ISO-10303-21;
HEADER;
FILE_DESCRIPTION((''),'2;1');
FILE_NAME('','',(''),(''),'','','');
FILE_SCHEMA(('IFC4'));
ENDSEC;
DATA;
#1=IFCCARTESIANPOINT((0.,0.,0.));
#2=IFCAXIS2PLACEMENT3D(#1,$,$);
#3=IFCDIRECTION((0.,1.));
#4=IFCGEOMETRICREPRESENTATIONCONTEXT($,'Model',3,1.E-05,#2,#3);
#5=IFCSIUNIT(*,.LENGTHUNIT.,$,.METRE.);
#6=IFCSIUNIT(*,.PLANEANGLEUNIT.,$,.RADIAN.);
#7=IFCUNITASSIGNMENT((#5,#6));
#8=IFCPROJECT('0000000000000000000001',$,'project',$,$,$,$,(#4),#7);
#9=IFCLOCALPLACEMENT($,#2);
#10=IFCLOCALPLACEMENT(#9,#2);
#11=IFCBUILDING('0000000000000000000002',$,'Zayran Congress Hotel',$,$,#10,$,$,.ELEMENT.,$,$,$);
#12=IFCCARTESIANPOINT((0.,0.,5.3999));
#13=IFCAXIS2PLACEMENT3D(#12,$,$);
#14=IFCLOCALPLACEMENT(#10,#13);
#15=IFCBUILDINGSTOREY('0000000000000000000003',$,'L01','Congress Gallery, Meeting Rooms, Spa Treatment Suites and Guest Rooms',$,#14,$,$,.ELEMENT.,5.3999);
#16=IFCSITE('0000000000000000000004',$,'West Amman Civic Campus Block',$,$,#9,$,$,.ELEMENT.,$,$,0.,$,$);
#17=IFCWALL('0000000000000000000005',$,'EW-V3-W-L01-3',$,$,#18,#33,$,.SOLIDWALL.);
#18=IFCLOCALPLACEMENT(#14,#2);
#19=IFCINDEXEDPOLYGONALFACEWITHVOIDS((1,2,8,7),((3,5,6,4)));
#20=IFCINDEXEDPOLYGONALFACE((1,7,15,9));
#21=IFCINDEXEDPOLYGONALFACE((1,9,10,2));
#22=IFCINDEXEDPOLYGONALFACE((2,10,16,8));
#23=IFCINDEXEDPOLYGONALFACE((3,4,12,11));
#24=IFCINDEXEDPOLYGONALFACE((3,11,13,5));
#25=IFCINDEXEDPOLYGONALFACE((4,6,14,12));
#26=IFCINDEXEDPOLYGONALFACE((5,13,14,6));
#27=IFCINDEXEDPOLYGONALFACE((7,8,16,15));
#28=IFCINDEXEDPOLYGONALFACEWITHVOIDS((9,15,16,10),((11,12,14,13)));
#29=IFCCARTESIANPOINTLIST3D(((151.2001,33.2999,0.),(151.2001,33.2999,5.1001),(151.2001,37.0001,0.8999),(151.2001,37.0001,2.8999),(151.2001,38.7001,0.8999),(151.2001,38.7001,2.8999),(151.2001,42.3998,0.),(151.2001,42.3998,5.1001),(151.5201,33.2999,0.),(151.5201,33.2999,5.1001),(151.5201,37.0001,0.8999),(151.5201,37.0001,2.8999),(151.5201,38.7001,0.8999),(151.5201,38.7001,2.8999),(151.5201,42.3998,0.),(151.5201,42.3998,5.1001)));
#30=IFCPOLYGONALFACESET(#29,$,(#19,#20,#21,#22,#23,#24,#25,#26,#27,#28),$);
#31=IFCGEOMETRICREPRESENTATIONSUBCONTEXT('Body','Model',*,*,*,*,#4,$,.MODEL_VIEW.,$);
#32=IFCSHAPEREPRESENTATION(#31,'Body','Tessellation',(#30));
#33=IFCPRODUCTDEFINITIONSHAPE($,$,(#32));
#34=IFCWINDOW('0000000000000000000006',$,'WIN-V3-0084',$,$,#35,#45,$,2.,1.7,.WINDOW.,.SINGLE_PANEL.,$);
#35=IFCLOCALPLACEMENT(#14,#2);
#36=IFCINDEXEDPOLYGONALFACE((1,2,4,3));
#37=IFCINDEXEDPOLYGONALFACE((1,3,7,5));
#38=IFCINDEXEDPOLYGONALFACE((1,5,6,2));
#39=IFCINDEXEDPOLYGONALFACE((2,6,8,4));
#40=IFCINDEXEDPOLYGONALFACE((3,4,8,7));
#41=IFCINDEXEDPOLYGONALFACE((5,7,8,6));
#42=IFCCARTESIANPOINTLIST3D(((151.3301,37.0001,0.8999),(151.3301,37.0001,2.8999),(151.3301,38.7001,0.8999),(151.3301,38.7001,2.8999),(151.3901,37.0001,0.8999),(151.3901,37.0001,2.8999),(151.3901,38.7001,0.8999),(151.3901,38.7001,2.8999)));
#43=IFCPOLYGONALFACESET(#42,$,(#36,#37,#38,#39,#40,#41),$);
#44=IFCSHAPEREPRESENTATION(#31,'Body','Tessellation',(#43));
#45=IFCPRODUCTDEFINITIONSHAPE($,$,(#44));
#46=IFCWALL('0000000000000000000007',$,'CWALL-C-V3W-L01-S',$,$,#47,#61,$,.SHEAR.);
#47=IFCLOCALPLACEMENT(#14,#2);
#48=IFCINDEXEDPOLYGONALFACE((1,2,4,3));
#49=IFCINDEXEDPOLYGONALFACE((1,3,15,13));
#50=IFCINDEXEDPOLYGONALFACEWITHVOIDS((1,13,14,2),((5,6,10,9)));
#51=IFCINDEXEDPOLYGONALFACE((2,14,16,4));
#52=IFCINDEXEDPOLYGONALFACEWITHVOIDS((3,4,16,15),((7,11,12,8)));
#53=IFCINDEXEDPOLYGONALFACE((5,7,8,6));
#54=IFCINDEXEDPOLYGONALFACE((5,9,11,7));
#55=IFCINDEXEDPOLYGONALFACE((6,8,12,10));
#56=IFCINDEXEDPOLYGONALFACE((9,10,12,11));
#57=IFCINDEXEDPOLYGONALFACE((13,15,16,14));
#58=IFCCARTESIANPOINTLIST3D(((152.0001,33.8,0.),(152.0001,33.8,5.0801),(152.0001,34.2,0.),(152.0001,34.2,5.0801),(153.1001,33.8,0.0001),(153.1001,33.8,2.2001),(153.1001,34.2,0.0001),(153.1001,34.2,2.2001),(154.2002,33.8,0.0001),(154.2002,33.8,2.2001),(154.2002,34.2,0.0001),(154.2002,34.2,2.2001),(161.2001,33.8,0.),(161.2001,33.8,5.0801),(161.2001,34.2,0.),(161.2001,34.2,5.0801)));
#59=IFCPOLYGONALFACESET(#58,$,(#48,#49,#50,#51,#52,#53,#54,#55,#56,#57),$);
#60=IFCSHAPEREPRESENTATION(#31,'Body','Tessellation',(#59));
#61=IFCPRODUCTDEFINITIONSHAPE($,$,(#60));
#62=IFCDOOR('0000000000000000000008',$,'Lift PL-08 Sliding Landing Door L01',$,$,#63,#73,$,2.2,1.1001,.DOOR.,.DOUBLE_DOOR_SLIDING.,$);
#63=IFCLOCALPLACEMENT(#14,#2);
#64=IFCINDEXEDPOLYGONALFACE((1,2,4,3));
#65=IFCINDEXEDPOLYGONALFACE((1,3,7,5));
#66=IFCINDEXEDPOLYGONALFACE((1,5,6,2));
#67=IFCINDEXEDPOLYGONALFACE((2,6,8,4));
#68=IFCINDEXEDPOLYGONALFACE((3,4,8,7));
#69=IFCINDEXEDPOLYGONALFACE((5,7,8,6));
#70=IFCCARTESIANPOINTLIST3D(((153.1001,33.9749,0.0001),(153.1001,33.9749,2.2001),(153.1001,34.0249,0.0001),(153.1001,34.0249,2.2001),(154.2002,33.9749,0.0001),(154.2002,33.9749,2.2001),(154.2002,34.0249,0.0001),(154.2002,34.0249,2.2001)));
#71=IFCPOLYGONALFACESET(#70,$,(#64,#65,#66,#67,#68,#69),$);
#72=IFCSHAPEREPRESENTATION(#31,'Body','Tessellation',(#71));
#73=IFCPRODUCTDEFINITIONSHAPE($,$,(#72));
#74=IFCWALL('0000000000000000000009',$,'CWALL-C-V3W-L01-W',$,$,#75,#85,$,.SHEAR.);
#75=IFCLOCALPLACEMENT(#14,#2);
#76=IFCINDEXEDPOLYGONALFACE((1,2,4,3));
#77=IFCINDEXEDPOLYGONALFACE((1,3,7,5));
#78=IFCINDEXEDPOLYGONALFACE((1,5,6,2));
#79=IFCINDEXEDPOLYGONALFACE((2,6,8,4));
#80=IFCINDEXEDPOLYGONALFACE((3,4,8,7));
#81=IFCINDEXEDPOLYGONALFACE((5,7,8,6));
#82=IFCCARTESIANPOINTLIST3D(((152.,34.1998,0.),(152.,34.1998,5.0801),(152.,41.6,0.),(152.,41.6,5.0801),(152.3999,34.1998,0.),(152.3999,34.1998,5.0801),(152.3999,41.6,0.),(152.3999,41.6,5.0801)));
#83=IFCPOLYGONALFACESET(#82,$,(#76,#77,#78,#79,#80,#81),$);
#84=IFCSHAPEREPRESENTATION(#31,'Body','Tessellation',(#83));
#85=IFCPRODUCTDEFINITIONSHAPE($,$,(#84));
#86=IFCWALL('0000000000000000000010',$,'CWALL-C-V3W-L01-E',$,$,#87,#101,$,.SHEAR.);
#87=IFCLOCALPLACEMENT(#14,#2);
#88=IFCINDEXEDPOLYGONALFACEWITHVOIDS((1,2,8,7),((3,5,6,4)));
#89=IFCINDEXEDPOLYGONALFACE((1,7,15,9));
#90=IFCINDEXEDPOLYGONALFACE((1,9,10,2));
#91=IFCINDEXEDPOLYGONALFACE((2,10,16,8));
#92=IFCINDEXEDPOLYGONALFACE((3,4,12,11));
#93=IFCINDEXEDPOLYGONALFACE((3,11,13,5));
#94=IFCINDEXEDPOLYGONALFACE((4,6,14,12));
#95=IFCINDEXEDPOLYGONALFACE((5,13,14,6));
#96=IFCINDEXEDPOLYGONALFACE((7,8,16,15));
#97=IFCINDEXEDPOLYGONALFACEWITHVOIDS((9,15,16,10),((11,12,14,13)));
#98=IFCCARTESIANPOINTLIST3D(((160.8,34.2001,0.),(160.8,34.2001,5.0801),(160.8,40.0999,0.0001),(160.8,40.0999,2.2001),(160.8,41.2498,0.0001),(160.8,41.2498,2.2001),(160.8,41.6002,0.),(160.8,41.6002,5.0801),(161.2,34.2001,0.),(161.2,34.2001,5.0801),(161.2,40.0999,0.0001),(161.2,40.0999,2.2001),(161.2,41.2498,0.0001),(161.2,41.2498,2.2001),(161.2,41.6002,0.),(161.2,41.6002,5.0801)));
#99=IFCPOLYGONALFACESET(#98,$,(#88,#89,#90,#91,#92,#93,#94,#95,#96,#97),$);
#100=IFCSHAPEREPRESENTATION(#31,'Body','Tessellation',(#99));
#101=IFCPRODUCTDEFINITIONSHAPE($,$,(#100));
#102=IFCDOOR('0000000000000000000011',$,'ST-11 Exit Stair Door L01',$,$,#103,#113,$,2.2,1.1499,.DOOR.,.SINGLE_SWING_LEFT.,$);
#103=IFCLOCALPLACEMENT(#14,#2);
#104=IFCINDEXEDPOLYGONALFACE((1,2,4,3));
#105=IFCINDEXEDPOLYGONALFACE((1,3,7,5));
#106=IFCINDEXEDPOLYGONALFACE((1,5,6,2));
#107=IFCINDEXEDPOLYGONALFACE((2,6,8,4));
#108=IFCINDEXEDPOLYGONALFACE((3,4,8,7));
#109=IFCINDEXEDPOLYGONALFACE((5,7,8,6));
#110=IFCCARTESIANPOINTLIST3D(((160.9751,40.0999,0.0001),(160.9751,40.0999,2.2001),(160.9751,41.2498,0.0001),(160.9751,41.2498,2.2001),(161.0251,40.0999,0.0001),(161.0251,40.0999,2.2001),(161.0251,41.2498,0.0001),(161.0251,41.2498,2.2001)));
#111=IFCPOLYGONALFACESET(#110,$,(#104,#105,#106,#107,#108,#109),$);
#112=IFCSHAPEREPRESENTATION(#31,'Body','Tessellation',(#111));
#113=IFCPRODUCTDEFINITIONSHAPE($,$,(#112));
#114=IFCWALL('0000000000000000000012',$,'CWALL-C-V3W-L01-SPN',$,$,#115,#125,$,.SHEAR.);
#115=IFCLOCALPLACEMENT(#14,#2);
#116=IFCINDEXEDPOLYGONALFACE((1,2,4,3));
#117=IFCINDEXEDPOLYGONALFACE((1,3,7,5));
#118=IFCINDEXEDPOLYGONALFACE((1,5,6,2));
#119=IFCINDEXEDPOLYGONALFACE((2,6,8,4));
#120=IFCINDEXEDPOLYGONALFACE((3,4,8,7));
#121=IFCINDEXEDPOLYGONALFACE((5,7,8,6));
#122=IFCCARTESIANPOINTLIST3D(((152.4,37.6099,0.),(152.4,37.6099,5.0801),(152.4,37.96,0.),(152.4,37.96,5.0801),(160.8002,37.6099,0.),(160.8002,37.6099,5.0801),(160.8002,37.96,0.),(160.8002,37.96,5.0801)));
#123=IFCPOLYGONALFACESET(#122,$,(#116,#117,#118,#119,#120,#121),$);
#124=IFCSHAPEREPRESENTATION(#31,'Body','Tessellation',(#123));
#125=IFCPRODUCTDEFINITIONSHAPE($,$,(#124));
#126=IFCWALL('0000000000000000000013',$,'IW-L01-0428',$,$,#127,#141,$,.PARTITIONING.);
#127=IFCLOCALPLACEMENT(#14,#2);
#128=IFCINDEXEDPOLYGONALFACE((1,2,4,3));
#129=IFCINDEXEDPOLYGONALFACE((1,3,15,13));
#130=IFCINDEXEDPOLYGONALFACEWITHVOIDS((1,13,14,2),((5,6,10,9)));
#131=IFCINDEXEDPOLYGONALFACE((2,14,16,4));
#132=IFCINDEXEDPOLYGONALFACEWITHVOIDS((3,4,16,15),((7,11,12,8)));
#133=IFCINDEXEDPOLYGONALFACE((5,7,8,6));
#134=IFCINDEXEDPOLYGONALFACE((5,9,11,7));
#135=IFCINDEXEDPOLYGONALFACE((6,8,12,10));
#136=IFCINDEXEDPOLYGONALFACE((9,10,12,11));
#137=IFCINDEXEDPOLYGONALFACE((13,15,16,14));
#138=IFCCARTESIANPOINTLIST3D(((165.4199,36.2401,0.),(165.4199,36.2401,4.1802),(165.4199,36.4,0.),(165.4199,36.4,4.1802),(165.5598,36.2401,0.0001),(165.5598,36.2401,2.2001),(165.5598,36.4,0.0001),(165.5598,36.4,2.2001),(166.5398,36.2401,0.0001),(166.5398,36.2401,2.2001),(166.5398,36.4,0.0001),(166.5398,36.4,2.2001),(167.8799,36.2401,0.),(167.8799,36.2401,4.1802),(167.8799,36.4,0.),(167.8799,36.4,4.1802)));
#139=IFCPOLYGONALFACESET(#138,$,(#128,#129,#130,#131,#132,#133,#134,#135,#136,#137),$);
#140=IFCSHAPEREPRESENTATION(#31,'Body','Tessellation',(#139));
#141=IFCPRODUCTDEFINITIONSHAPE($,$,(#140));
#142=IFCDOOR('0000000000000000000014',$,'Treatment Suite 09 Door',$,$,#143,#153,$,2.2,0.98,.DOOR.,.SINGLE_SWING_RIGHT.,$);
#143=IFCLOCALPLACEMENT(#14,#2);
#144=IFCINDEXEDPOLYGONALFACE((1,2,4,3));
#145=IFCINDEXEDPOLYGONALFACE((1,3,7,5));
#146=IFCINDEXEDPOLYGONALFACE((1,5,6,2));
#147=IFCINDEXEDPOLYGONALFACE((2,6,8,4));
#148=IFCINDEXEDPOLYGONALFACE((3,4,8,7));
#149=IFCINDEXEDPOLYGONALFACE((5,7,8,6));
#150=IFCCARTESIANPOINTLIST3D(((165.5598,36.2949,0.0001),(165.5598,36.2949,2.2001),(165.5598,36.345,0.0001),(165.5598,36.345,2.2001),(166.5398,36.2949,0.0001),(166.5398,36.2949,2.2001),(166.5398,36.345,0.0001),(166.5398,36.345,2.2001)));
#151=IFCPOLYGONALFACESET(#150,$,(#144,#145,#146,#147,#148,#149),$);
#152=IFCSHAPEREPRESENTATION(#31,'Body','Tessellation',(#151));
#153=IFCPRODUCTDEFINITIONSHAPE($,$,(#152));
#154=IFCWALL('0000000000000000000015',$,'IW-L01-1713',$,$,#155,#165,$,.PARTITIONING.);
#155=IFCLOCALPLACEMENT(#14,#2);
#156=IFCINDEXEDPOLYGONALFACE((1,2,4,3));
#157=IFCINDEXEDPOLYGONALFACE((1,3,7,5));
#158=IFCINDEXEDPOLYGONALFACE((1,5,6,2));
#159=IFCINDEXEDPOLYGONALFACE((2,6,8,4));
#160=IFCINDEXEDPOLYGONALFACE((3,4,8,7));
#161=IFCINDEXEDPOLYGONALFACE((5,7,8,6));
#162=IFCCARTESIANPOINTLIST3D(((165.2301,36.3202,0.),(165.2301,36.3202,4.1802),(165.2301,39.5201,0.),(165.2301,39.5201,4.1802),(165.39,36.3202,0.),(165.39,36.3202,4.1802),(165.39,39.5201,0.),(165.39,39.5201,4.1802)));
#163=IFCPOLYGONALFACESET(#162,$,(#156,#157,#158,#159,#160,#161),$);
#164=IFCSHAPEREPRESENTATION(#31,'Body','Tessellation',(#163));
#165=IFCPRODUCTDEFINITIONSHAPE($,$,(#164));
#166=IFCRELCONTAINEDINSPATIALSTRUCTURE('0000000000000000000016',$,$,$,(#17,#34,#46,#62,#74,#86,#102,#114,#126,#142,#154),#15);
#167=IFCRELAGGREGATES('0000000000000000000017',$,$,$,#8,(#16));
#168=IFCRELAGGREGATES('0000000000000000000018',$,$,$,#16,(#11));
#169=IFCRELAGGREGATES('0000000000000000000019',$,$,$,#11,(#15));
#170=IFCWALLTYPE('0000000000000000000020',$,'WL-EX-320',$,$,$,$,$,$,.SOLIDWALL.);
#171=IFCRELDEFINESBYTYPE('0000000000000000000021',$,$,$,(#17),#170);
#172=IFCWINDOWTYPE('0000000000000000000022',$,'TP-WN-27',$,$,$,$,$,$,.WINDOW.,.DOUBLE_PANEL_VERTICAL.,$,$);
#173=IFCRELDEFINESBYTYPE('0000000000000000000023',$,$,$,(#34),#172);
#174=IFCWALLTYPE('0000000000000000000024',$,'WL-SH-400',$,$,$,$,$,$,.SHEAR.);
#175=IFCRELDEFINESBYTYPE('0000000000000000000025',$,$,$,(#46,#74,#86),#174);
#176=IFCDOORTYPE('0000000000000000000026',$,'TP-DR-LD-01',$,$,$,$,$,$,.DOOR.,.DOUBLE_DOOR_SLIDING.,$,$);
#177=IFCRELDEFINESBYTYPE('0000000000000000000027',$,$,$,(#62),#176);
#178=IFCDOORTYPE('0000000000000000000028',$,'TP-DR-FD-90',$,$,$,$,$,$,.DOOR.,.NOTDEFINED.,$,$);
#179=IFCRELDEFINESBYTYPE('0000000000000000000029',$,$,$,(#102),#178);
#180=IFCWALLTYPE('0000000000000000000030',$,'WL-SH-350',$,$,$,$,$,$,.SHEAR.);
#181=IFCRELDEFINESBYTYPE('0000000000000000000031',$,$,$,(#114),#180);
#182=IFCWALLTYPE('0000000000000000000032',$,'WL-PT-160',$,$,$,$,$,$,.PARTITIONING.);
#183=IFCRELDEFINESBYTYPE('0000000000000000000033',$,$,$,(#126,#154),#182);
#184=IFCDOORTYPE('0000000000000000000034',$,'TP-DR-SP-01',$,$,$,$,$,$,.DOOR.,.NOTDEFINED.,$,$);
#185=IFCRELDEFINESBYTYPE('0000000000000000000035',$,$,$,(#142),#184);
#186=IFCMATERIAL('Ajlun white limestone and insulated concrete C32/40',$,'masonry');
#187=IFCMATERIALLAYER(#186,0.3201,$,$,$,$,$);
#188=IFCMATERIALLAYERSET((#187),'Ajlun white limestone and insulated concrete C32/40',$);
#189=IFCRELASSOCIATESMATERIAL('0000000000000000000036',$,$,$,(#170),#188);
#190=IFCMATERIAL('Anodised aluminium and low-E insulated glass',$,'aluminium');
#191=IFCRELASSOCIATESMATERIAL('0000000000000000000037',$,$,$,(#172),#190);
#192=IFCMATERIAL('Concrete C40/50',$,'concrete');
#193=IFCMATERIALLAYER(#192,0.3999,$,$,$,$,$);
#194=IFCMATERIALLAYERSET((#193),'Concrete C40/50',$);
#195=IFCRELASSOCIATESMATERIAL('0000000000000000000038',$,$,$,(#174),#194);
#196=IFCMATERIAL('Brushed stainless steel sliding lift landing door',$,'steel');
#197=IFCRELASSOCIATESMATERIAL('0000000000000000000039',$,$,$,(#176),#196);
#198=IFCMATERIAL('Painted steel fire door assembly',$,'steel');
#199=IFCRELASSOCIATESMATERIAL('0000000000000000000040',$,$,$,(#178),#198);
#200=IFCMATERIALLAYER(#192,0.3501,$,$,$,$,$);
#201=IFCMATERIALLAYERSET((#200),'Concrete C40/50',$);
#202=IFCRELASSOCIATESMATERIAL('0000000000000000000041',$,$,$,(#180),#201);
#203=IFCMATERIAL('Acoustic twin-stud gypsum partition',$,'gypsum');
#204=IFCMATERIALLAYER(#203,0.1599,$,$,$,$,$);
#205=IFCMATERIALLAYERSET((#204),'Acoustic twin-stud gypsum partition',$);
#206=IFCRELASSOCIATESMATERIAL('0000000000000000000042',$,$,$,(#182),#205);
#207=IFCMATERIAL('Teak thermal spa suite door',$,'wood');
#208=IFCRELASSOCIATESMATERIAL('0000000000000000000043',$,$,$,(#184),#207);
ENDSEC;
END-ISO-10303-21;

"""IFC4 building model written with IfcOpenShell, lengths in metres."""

from ifc_helpers import new_model, si_unit, direction, frame, frame_2d, origin, place, context, subcontext, project, spatial, rectangle, extrude, material, layer, layer_set, type_object, element, fill, save


model = new_model("IFC4")

# Units and contexts
model_context = context("Model", 3, precision=1e-05, world=origin(), true_north=direction((0.0, 1.0)))
body_context = subcontext(model_context, "Body", "Model", "MODEL_VIEW")
ifc_project = project(units=[si_unit("LENGTHUNIT", "METRE"), si_unit("PLANEANGLEUNIT", "RADIAN")], contexts=[model_context])

# Site, building, storey
site_placement = place(None, origin())
site = spatial("IfcSite", under=ifc_project, at=site_placement, Name="West Amman Civic Campus Block", CompositionType="ELEMENT", RefElevation=0.0)
building_placement = place(site_placement, origin())
building = spatial("IfcBuilding", under=site, at=building_placement, Name="Zayran Congress Hotel", CompositionType="ELEMENT")
storey_placement = place(building_placement, frame((0.0, 0.0, 5.3999)))
storey = spatial("IfcBuildingStorey", under=building, at=storey_placement, Name="L01", Description="Congress Gallery, Meeting Rooms, Spa Treatment Suites and Guest Rooms", CompositionType="ELEMENT", Elevation=5.3999)

# Wall, opening, window
ifc_material_1 = material(Name="Ajlun white limestone and insulated concrete C32/40", Category="masonry")
ifc_layer_1 = layer(ifc_material_1, 0.3201)
ifc_layer_set_1 = layer_set([ifc_layer_1], Name="Ajlun white limestone and insulated concrete C32/40")
wall_type_1 = type_object("IfcWallType", Name="WL-EX-320", PredefinedType="SOLIDWALL", material=ifc_layer_set_1)
wall_1_placement = place(storey_placement, frame((151.3601, 33.3, 0.0), z_axis=(0.0, 0.0, 1.0), x_axis=(0.0, 1.0, 0.0)))
wall_1 = element("IfcWall", 1, at=wall_1_placement, inside=storey, type_object=wall_type_1, Name="EW-V3-W-L01-3", PredefinedType="SOLIDWALL", context=body_context, shape_type="SweptSolid", body=[
    extrude(rectangle(XDim=9.0999, YDim=0.3201, at=frame_2d((4.5498, 0.0))), origin(), (0.0, 0.0, 1.0), 5.1001),
])
opening_1_placement = place(wall_1_placement, frame((3.7, 0.0, 0.8999)))
opening_1 = element("IfcOpeningElement", 2, at=opening_1_placement, cuts=wall_1, PredefinedType="OPENING", context=body_context, shape_type="SweptSolid", body=[
    extrude(rectangle(XDim=1.7, YDim=2.0, at=frame_2d((0.8501, 1.0))), frame((0.0, 0.1699, 0.0), z_axis=(0.0, -1.0, 0.0), x_axis=(1.0, 0.0, 0.0)), (0.0, 0.0, 1.0), 0.3401),
])
ifc_material_2 = material(Name="Anodised aluminium and low-E insulated glass", Category="aluminium")
window_type = type_object("IfcWindowType", Name="TP-WN-27", PartitioningType="DOUBLE_PANEL_VERTICAL", PredefinedType="WINDOW", material=ifc_material_2)
window_placement = place(opening_1_placement, origin())
window = element("IfcWindow", 3, at=window_placement, inside=storey, type_object=window_type, Name="WIN-V3-0084", OverallHeight=2.0, OverallWidth=1.7, PartitioningType="SINGLE_PANEL", PredefinedType="WINDOW", context=body_context, shape_type="SweptSolid", body=[
    extrude(rectangle(XDim=1.7, YDim=2.0, at=frame_2d((0.8501, 1.0))), frame((0.0, 0.03, 0.0), z_axis=(0.0, -1.0, 0.0), x_axis=(1.0, 0.0, 0.0)), (0.0, 0.0, 1.0), 0.0601),
])
fill(opening_1, window)

# Wall, opening, door
ifc_material_3 = material(Name="Concrete C40/50", Category="concrete")
ifc_layer_2 = layer(ifc_material_3, 0.3999)
ifc_layer_set_2 = layer_set([ifc_layer_2], Name="Concrete C40/50")
wall_type_2 = type_object("IfcWallType", Name="WL-SH-400", PredefinedType="SHEAR", material=ifc_layer_set_2)
wall_2_placement = place(storey_placement, frame((152.0, 34.0, 0.0), z_axis=(0.0, 0.0, 1.0), x_axis=(1.0, 0.0, 0.0)))
wall_2 = element("IfcWall", 4, at=wall_2_placement, inside=storey, type_object=wall_type_2, Name="CWALL-C-V3W-L01-S", PredefinedType="SHEAR", context=body_context, shape_type="SweptSolid", body=[
    extrude(rectangle(XDim=9.2, YDim=0.3999, at=frame_2d((4.6001, 0.0))), origin(), (0.0, 0.0, 1.0), 5.0801),
])
opening_2_placement = place(wall_2_placement, frame((1.1001, 0.0, 0.0)))
opening_2 = element("IfcOpeningElement", 5, at=opening_2_placement, cuts=wall_2, PredefinedType="OPENING", context=body_context, shape_type="SweptSolid", body=[
    extrude(rectangle(XDim=1.1001, YDim=2.2, at=frame_2d((0.55, 1.1001))), frame((0.0, 0.21, 0.0), z_axis=(0.0, -1.0, 0.0), x_axis=(1.0, 0.0, 0.0)), (0.0, 0.0, 1.0), 0.4199),
])
ifc_material_4 = material(Name="Brushed stainless steel sliding lift landing door", Category="steel")
door_type_1 = type_object("IfcDoorType", Name="TP-DR-LD-01", OperationType="DOUBLE_DOOR_SLIDING", PredefinedType="DOOR", material=ifc_material_4)
door_1_placement = place(opening_2_placement, origin())
door_1 = element("IfcDoor", 6, at=door_1_placement, inside=storey, type_object=door_type_1, Name="Lift PL-08 Sliding Landing Door L01", OperationType="DOUBLE_DOOR_SLIDING", OverallHeight=2.2, OverallWidth=1.1001, PredefinedType="DOOR", context=body_context, shape_type="SweptSolid", body=[
    extrude(rectangle(XDim=1.1001, YDim=2.2, at=frame_2d((0.55, 1.1001))), frame((0.0, 0.0249, 0.0), z_axis=(0.0, -1.0, 0.0), x_axis=(1.0, 0.0, 0.0)), (0.0, 0.0, 1.0), 0.05),
])
fill(opening_2, door_1)

# Wall
wall_3_placement = place(storey_placement, frame((152.2, 41.6001, 0.0), z_axis=(0.0, 0.0, 1.0), x_axis=(0.0, -1.0, 0.0)))
element("IfcWall", 7, at=wall_3_placement, inside=storey, type_object=wall_type_2, Name="CWALL-C-V3W-L01-W", PredefinedType="SHEAR", context=body_context, shape_type="SweptSolid", body=[
    extrude(rectangle(XDim=7.4001, YDim=0.3999, at=frame_2d((3.7002, 0.0))), origin(), (0.0, 0.0, 1.0), 5.0801),
])

# Wall, opening, door
wall_4_placement = place(storey_placement, frame((161.0, 34.2, 0.0), z_axis=(0.0, 0.0, 1.0), x_axis=(0.0, 1.0, 0.0)))
wall_4 = element("IfcWall", 8, at=wall_4_placement, inside=storey, type_object=wall_type_2, Name="CWALL-C-V3W-L01-E", PredefinedType="SHEAR", context=body_context, shape_type="SweptSolid", body=[
    extrude(rectangle(XDim=7.4001, YDim=0.3999, at=frame_2d((3.7002, 0.0))), origin(), (0.0, 0.0, 1.0), 5.0801),
])
opening_3_placement = place(wall_4_placement, frame((5.8999, 0.0, 0.0)))
opening_3 = element("IfcOpeningElement", 9, at=opening_3_placement, cuts=wall_4, PredefinedType="OPENING", context=body_context, shape_type="SweptSolid", body=[
    extrude(rectangle(XDim=1.1499, YDim=2.2, at=frame_2d((0.575, 1.1001))), frame((0.0, 0.21, 0.0), z_axis=(0.0, -1.0, 0.0), x_axis=(1.0, 0.0, 0.0)), (0.0, 0.0, 1.0), 0.4199),
])
ifc_material_5 = material(Name="Painted steel fire door assembly", Category="steel")
door_type_2 = type_object("IfcDoorType", Name="TP-DR-FD-90", OperationType="NOTDEFINED", PredefinedType="DOOR", material=ifc_material_5)
door_2_placement = place(opening_3_placement, origin())
door_2 = element("IfcDoor", 10, at=door_2_placement, inside=storey, type_object=door_type_2, Name="ST-11 Exit Stair Door L01", OperationType="SINGLE_SWING_LEFT", OverallHeight=2.2, OverallWidth=1.1499, PredefinedType="DOOR", context=body_context, shape_type="SweptSolid", body=[
    extrude(rectangle(XDim=1.1499, YDim=2.2, at=frame_2d((0.575, 1.1001))), frame((0.0, 0.0249, 0.0), z_axis=(0.0, -1.0, 0.0), x_axis=(1.0, 0.0, 0.0)), (0.0, 0.0, 1.0), 0.05),
])
fill(opening_3, door_2)

# Wall
ifc_layer_3 = layer(ifc_material_3, 0.3501)
ifc_layer_set_3 = layer_set([ifc_layer_3], Name="Concrete C40/50")
wall_type_3 = type_object("IfcWallType", Name="WL-SH-350", PredefinedType="SHEAR", material=ifc_layer_set_3)
wall_5_placement = place(storey_placement, frame((152.3999, 37.7849, 0.0), z_axis=(0.0, 0.0, 1.0), x_axis=(1.0, 0.0, 0.0)))
element("IfcWall", 11, at=wall_5_placement, inside=storey, type_object=wall_type_3, Name="CWALL-C-V3W-L01-SPN", PredefinedType="SHEAR", context=body_context, shape_type="SweptSolid", body=[
    extrude(rectangle(XDim=8.4001, YDim=0.3501, at=frame_2d((4.2002, 0.0))), origin(), (0.0, 0.0, 1.0), 5.0801),
])

# Wall, opening, door
ifc_material_6 = material(Name="Acoustic twin-stud gypsum partition", Category="gypsum")
ifc_layer_4 = layer(ifc_material_6, 0.1599)
ifc_layer_set_4 = layer_set([ifc_layer_4], Name="Acoustic twin-stud gypsum partition")
wall_type_4 = type_object("IfcWallType", Name="WL-PT-160", PredefinedType="PARTITIONING", material=ifc_layer_set_4)
wall_6_placement = place(storey_placement, frame((165.4199, 36.3201, 0.0), z_axis=(0.0, 0.0, 1.0), x_axis=(1.0, 0.0, 0.0)))
wall_6 = element("IfcWall", 12, at=wall_6_placement, inside=storey, type_object=wall_type_4, Name="IW-L01-0428", PredefinedType="PARTITIONING", context=body_context, shape_type="SweptSolid", body=[
    extrude(rectangle(XDim=2.46, YDim=0.1599, at=frame_2d((1.23, 0.0))), origin(), (0.0, 0.0, 1.0), 4.1802),
])
opening_4_placement = place(wall_6_placement, frame((0.1399, 0.0, 0.0)))
opening_4 = element("IfcOpeningElement", 13, at=opening_4_placement, cuts=wall_6, PredefinedType="OPENING", context=body_context, shape_type="SweptSolid", body=[
    extrude(rectangle(XDim=0.98, YDim=2.2, at=frame_2d((0.49, 1.1001))), frame((0.0, 0.0898, 0.0), z_axis=(0.0, -1.0, 0.0), x_axis=(1.0, 0.0, 0.0)), (0.0, 0.0, 1.0), 0.1799),
])
ifc_material_7 = material(Name="Teak thermal spa suite door", Category="wood")
door_type_3 = type_object("IfcDoorType", Name="TP-DR-SP-01", OperationType="NOTDEFINED", PredefinedType="DOOR", material=ifc_material_7)
door_3_placement = place(opening_4_placement, origin())
door_3 = element("IfcDoor", 14, at=door_3_placement, inside=storey, type_object=door_type_3, Name="Treatment Suite 09 Door", OperationType="SINGLE_SWING_RIGHT", OverallHeight=2.2, OverallWidth=0.98, PredefinedType="DOOR", context=body_context, shape_type="SweptSolid", body=[
    extrude(rectangle(XDim=0.98, YDim=2.2, at=frame_2d((0.49, 1.1001))), frame((0.0, 0.0249, 0.0), z_axis=(0.0, -1.0, 0.0), x_axis=(1.0, 0.0, 0.0)), (0.0, 0.0, 1.0), 0.05),
])
fill(opening_4, door_3)

# Wall
wall_7_placement = place(storey_placement, frame((165.3101, 36.3201, 0.0), z_axis=(0.0, 0.0, 1.0), x_axis=(0.0, 1.0, 0.0)))
element("IfcWall", 15, at=wall_7_placement, inside=storey, type_object=wall_type_4, Name="IW-L01-1713", PredefinedType="PARTITIONING", context=body_context, shape_type="SweptSolid", body=[
    extrude(rectangle(XDim=3.2, YDim=0.1599, at=frame_2d((1.6001, 0.0))), origin(), (0.0, 0.0, 1.0), 4.1802),
])

save(model, "model.ifc")
